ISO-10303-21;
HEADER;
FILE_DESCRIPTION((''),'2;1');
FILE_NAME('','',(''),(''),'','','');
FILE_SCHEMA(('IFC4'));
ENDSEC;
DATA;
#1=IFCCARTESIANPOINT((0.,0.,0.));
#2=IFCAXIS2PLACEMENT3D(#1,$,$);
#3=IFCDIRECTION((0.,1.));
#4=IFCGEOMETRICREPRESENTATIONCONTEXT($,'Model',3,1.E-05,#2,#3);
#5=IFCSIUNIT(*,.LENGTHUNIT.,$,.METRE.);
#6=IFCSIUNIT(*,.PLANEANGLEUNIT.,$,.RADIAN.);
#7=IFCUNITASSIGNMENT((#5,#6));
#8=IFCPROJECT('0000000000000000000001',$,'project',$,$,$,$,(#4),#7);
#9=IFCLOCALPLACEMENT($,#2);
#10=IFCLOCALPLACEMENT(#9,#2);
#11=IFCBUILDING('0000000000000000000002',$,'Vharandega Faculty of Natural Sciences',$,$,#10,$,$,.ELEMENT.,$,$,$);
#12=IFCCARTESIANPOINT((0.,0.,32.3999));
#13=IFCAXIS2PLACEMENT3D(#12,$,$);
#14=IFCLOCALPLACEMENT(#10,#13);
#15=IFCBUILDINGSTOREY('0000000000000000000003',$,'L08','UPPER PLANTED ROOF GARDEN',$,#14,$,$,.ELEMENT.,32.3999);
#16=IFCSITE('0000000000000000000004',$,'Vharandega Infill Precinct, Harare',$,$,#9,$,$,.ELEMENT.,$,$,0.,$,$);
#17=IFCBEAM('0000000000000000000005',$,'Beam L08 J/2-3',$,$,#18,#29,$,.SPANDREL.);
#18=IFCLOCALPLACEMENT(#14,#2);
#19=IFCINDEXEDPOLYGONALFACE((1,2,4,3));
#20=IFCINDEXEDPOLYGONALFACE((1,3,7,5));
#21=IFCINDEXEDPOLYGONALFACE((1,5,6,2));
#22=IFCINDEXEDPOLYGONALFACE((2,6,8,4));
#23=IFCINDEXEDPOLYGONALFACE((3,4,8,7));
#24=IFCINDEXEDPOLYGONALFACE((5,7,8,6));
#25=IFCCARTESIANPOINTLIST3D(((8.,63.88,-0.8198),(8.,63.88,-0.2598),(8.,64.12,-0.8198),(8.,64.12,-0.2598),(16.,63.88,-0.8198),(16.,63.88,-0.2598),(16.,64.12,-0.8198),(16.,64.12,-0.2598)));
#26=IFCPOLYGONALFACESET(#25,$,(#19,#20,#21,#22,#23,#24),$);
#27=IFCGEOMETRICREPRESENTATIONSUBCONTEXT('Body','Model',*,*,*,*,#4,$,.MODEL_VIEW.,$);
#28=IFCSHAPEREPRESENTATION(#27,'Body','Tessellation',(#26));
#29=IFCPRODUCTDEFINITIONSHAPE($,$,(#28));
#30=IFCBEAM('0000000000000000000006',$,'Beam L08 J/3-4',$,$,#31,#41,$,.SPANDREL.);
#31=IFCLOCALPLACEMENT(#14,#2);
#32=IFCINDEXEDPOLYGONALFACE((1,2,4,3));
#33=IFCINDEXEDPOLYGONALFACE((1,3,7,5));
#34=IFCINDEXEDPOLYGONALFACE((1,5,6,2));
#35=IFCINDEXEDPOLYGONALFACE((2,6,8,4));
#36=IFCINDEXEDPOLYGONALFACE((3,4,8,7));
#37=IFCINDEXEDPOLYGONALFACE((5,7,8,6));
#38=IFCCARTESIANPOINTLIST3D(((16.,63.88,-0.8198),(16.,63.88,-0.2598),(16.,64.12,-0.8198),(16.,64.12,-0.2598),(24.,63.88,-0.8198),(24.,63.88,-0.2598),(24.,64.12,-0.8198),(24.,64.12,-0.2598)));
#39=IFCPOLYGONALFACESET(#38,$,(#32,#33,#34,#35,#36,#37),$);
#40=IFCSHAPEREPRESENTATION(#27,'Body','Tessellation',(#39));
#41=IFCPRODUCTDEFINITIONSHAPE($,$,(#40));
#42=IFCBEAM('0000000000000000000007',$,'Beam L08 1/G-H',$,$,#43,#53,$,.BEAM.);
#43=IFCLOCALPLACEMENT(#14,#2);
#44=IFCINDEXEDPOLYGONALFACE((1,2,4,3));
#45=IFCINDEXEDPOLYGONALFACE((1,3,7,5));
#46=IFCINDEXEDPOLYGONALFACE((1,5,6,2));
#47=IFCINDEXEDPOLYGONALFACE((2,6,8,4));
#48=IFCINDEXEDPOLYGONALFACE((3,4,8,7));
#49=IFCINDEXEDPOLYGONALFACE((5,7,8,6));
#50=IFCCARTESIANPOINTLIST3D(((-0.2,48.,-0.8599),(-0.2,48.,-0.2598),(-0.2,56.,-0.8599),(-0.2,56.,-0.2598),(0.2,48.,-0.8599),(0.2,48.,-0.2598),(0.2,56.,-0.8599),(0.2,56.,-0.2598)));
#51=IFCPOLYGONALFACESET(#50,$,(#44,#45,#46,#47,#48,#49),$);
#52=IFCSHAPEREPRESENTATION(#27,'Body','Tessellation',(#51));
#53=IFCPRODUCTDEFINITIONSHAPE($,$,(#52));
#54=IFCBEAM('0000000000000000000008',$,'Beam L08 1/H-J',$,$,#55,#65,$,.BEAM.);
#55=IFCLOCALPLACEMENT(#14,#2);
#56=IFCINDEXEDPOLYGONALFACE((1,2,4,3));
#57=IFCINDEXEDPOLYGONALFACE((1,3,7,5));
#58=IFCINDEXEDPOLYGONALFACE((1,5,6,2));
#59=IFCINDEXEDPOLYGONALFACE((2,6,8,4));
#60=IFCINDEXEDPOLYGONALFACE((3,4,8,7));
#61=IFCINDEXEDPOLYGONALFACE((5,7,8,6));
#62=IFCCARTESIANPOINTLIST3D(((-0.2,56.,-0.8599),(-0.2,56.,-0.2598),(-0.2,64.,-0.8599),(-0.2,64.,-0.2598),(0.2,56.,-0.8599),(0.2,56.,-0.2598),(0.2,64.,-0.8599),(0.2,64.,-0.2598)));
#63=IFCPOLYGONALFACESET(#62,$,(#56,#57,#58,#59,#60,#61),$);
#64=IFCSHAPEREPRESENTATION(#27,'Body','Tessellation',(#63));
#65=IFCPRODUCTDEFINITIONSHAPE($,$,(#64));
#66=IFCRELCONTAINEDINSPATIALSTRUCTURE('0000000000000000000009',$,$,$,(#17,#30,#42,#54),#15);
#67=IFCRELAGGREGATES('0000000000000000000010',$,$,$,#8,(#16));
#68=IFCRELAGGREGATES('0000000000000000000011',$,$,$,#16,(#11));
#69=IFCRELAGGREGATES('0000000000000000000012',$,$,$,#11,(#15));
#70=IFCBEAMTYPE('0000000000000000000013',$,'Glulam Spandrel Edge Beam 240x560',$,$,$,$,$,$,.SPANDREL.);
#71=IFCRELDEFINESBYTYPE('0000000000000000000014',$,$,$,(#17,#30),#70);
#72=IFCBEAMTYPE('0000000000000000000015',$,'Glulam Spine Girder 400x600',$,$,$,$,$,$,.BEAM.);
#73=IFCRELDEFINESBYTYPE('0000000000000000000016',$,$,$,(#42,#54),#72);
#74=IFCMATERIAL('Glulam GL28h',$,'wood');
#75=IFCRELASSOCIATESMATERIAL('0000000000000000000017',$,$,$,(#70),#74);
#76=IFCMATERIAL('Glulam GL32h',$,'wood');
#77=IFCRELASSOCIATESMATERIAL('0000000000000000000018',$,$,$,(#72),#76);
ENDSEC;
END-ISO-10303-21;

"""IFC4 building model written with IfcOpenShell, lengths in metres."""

from ifc_helpers import new_model, si_unit, direction, frame, origin, origin_2d, place, context, subcontext, project, spatial, rectangle, extrude, material, material_profile, profile_set, type_object, element, save


model = new_model("IFC4")

# Units and contexts
model_context = context("Model", 3, precision=1e-05, world=origin(), true_north=direction((0.0, 1.0)))
body_context = subcontext(model_context, "Body", "Model", "MODEL_VIEW")
ifc_project = project(units=[si_unit("LENGTHUNIT", "METRE"), si_unit("PLANEANGLEUNIT", "RADIAN")], contexts=[model_context])

# Site, building, storey
site_placement = place(None, origin())
site = spatial("IfcSite", under=ifc_project, at=site_placement, Name="Vharandega Infill Precinct, Harare", CompositionType="ELEMENT", RefElevation=0.0)
building_placement = place(site_placement, origin())
building = spatial("IfcBuilding", under=site, at=building_placement, Name="Vharandega Faculty of Natural Sciences", CompositionType="ELEMENT")
storey_placement = place(building_placement, frame((0.0, 0.0, 32.3999)))
storey = spatial("IfcBuildingStorey", under=building, at=storey_placement, Name="L08", Description="UPPER PLANTED ROOF GARDEN", CompositionType="ELEMENT", Elevation=32.3999)

# Beams
ifc_material_1 = material(Name="Glulam GL28h", Category="wood")
ifc_material_profile_1 = material_profile(ifc_material_1, rectangle(XDim=0.24, YDim=0.5601, at=origin_2d()), Name="GL28h 240x560")
ifc_profile_set_1 = profile_set([ifc_material_profile_1], Name="Glulam GL28h")
beam_type_1 = type_object("IfcBeamType", Name="Glulam Spandrel Edge Beam 240x560", PredefinedType="SPANDREL", material=ifc_profile_set_1)
for number, where, z_axis, x_axis, name in (
    (1, (8.0, 64.0, -0.5398), (1.0, 0.0, 0.0), (0.0, 1.0, 0.0), "Beam L08 J/2-3"),
    (2, (16.0, 64.0, -0.5398), (1.0, 0.0, 0.0), (0.0, 1.0, 0.0), "Beam L08 J/3-4"),
):
    element("IfcBeam", number, at=place(storey_placement, frame(where, z_axis=z_axis, x_axis=x_axis)), inside=storey, type_object=beam_type_1, Name=name, PredefinedType="SPANDREL", context=body_context, shape_type="SweptSolid", body=[
        extrude(rectangle(XDim=0.24, YDim=0.5601, at=origin_2d()), origin(), (0.0, 0.0, 1.0), 8.0),
    ])
ifc_material_2 = material(Name="Glulam GL32h", Category="wood")
ifc_material_profile_2 = material_profile(ifc_material_2, rectangle(XDim=0.3999, YDim=0.6001, at=origin_2d()), Name="GL32h 400x600")
ifc_profile_set_2 = profile_set([ifc_material_profile_2], Name="Glulam GL32h")
beam_type_2 = type_object("IfcBeamType", Name="Glulam Spine Girder 400x600", PredefinedType="BEAM", material=ifc_profile_set_2)
for number, where, z_axis, x_axis, name in (
    (3, (0.0, 48.0, -0.5598), (0.0, 1.0, 0.0), (-1.0, 0.0, 0.0), "Beam L08 1/G-H"),
    (4, (0.0, 56.0, -0.5598), (0.0, 1.0, 0.0), (-1.0, 0.0, 0.0), "Beam L08 1/H-J"),
):
    element("IfcBeam", number, at=place(storey_placement, frame(where, z_axis=z_axis, x_axis=x_axis)), inside=storey, type_object=beam_type_2, Name=name, PredefinedType="BEAM", context=body_context, shape_type="SweptSolid", body=[
        extrude(rectangle(XDim=0.3999, YDim=0.6001, at=origin_2d()), origin(), (0.0, 0.0, 1.0), 8.0),
    ])

save(model, "model.ifc")
